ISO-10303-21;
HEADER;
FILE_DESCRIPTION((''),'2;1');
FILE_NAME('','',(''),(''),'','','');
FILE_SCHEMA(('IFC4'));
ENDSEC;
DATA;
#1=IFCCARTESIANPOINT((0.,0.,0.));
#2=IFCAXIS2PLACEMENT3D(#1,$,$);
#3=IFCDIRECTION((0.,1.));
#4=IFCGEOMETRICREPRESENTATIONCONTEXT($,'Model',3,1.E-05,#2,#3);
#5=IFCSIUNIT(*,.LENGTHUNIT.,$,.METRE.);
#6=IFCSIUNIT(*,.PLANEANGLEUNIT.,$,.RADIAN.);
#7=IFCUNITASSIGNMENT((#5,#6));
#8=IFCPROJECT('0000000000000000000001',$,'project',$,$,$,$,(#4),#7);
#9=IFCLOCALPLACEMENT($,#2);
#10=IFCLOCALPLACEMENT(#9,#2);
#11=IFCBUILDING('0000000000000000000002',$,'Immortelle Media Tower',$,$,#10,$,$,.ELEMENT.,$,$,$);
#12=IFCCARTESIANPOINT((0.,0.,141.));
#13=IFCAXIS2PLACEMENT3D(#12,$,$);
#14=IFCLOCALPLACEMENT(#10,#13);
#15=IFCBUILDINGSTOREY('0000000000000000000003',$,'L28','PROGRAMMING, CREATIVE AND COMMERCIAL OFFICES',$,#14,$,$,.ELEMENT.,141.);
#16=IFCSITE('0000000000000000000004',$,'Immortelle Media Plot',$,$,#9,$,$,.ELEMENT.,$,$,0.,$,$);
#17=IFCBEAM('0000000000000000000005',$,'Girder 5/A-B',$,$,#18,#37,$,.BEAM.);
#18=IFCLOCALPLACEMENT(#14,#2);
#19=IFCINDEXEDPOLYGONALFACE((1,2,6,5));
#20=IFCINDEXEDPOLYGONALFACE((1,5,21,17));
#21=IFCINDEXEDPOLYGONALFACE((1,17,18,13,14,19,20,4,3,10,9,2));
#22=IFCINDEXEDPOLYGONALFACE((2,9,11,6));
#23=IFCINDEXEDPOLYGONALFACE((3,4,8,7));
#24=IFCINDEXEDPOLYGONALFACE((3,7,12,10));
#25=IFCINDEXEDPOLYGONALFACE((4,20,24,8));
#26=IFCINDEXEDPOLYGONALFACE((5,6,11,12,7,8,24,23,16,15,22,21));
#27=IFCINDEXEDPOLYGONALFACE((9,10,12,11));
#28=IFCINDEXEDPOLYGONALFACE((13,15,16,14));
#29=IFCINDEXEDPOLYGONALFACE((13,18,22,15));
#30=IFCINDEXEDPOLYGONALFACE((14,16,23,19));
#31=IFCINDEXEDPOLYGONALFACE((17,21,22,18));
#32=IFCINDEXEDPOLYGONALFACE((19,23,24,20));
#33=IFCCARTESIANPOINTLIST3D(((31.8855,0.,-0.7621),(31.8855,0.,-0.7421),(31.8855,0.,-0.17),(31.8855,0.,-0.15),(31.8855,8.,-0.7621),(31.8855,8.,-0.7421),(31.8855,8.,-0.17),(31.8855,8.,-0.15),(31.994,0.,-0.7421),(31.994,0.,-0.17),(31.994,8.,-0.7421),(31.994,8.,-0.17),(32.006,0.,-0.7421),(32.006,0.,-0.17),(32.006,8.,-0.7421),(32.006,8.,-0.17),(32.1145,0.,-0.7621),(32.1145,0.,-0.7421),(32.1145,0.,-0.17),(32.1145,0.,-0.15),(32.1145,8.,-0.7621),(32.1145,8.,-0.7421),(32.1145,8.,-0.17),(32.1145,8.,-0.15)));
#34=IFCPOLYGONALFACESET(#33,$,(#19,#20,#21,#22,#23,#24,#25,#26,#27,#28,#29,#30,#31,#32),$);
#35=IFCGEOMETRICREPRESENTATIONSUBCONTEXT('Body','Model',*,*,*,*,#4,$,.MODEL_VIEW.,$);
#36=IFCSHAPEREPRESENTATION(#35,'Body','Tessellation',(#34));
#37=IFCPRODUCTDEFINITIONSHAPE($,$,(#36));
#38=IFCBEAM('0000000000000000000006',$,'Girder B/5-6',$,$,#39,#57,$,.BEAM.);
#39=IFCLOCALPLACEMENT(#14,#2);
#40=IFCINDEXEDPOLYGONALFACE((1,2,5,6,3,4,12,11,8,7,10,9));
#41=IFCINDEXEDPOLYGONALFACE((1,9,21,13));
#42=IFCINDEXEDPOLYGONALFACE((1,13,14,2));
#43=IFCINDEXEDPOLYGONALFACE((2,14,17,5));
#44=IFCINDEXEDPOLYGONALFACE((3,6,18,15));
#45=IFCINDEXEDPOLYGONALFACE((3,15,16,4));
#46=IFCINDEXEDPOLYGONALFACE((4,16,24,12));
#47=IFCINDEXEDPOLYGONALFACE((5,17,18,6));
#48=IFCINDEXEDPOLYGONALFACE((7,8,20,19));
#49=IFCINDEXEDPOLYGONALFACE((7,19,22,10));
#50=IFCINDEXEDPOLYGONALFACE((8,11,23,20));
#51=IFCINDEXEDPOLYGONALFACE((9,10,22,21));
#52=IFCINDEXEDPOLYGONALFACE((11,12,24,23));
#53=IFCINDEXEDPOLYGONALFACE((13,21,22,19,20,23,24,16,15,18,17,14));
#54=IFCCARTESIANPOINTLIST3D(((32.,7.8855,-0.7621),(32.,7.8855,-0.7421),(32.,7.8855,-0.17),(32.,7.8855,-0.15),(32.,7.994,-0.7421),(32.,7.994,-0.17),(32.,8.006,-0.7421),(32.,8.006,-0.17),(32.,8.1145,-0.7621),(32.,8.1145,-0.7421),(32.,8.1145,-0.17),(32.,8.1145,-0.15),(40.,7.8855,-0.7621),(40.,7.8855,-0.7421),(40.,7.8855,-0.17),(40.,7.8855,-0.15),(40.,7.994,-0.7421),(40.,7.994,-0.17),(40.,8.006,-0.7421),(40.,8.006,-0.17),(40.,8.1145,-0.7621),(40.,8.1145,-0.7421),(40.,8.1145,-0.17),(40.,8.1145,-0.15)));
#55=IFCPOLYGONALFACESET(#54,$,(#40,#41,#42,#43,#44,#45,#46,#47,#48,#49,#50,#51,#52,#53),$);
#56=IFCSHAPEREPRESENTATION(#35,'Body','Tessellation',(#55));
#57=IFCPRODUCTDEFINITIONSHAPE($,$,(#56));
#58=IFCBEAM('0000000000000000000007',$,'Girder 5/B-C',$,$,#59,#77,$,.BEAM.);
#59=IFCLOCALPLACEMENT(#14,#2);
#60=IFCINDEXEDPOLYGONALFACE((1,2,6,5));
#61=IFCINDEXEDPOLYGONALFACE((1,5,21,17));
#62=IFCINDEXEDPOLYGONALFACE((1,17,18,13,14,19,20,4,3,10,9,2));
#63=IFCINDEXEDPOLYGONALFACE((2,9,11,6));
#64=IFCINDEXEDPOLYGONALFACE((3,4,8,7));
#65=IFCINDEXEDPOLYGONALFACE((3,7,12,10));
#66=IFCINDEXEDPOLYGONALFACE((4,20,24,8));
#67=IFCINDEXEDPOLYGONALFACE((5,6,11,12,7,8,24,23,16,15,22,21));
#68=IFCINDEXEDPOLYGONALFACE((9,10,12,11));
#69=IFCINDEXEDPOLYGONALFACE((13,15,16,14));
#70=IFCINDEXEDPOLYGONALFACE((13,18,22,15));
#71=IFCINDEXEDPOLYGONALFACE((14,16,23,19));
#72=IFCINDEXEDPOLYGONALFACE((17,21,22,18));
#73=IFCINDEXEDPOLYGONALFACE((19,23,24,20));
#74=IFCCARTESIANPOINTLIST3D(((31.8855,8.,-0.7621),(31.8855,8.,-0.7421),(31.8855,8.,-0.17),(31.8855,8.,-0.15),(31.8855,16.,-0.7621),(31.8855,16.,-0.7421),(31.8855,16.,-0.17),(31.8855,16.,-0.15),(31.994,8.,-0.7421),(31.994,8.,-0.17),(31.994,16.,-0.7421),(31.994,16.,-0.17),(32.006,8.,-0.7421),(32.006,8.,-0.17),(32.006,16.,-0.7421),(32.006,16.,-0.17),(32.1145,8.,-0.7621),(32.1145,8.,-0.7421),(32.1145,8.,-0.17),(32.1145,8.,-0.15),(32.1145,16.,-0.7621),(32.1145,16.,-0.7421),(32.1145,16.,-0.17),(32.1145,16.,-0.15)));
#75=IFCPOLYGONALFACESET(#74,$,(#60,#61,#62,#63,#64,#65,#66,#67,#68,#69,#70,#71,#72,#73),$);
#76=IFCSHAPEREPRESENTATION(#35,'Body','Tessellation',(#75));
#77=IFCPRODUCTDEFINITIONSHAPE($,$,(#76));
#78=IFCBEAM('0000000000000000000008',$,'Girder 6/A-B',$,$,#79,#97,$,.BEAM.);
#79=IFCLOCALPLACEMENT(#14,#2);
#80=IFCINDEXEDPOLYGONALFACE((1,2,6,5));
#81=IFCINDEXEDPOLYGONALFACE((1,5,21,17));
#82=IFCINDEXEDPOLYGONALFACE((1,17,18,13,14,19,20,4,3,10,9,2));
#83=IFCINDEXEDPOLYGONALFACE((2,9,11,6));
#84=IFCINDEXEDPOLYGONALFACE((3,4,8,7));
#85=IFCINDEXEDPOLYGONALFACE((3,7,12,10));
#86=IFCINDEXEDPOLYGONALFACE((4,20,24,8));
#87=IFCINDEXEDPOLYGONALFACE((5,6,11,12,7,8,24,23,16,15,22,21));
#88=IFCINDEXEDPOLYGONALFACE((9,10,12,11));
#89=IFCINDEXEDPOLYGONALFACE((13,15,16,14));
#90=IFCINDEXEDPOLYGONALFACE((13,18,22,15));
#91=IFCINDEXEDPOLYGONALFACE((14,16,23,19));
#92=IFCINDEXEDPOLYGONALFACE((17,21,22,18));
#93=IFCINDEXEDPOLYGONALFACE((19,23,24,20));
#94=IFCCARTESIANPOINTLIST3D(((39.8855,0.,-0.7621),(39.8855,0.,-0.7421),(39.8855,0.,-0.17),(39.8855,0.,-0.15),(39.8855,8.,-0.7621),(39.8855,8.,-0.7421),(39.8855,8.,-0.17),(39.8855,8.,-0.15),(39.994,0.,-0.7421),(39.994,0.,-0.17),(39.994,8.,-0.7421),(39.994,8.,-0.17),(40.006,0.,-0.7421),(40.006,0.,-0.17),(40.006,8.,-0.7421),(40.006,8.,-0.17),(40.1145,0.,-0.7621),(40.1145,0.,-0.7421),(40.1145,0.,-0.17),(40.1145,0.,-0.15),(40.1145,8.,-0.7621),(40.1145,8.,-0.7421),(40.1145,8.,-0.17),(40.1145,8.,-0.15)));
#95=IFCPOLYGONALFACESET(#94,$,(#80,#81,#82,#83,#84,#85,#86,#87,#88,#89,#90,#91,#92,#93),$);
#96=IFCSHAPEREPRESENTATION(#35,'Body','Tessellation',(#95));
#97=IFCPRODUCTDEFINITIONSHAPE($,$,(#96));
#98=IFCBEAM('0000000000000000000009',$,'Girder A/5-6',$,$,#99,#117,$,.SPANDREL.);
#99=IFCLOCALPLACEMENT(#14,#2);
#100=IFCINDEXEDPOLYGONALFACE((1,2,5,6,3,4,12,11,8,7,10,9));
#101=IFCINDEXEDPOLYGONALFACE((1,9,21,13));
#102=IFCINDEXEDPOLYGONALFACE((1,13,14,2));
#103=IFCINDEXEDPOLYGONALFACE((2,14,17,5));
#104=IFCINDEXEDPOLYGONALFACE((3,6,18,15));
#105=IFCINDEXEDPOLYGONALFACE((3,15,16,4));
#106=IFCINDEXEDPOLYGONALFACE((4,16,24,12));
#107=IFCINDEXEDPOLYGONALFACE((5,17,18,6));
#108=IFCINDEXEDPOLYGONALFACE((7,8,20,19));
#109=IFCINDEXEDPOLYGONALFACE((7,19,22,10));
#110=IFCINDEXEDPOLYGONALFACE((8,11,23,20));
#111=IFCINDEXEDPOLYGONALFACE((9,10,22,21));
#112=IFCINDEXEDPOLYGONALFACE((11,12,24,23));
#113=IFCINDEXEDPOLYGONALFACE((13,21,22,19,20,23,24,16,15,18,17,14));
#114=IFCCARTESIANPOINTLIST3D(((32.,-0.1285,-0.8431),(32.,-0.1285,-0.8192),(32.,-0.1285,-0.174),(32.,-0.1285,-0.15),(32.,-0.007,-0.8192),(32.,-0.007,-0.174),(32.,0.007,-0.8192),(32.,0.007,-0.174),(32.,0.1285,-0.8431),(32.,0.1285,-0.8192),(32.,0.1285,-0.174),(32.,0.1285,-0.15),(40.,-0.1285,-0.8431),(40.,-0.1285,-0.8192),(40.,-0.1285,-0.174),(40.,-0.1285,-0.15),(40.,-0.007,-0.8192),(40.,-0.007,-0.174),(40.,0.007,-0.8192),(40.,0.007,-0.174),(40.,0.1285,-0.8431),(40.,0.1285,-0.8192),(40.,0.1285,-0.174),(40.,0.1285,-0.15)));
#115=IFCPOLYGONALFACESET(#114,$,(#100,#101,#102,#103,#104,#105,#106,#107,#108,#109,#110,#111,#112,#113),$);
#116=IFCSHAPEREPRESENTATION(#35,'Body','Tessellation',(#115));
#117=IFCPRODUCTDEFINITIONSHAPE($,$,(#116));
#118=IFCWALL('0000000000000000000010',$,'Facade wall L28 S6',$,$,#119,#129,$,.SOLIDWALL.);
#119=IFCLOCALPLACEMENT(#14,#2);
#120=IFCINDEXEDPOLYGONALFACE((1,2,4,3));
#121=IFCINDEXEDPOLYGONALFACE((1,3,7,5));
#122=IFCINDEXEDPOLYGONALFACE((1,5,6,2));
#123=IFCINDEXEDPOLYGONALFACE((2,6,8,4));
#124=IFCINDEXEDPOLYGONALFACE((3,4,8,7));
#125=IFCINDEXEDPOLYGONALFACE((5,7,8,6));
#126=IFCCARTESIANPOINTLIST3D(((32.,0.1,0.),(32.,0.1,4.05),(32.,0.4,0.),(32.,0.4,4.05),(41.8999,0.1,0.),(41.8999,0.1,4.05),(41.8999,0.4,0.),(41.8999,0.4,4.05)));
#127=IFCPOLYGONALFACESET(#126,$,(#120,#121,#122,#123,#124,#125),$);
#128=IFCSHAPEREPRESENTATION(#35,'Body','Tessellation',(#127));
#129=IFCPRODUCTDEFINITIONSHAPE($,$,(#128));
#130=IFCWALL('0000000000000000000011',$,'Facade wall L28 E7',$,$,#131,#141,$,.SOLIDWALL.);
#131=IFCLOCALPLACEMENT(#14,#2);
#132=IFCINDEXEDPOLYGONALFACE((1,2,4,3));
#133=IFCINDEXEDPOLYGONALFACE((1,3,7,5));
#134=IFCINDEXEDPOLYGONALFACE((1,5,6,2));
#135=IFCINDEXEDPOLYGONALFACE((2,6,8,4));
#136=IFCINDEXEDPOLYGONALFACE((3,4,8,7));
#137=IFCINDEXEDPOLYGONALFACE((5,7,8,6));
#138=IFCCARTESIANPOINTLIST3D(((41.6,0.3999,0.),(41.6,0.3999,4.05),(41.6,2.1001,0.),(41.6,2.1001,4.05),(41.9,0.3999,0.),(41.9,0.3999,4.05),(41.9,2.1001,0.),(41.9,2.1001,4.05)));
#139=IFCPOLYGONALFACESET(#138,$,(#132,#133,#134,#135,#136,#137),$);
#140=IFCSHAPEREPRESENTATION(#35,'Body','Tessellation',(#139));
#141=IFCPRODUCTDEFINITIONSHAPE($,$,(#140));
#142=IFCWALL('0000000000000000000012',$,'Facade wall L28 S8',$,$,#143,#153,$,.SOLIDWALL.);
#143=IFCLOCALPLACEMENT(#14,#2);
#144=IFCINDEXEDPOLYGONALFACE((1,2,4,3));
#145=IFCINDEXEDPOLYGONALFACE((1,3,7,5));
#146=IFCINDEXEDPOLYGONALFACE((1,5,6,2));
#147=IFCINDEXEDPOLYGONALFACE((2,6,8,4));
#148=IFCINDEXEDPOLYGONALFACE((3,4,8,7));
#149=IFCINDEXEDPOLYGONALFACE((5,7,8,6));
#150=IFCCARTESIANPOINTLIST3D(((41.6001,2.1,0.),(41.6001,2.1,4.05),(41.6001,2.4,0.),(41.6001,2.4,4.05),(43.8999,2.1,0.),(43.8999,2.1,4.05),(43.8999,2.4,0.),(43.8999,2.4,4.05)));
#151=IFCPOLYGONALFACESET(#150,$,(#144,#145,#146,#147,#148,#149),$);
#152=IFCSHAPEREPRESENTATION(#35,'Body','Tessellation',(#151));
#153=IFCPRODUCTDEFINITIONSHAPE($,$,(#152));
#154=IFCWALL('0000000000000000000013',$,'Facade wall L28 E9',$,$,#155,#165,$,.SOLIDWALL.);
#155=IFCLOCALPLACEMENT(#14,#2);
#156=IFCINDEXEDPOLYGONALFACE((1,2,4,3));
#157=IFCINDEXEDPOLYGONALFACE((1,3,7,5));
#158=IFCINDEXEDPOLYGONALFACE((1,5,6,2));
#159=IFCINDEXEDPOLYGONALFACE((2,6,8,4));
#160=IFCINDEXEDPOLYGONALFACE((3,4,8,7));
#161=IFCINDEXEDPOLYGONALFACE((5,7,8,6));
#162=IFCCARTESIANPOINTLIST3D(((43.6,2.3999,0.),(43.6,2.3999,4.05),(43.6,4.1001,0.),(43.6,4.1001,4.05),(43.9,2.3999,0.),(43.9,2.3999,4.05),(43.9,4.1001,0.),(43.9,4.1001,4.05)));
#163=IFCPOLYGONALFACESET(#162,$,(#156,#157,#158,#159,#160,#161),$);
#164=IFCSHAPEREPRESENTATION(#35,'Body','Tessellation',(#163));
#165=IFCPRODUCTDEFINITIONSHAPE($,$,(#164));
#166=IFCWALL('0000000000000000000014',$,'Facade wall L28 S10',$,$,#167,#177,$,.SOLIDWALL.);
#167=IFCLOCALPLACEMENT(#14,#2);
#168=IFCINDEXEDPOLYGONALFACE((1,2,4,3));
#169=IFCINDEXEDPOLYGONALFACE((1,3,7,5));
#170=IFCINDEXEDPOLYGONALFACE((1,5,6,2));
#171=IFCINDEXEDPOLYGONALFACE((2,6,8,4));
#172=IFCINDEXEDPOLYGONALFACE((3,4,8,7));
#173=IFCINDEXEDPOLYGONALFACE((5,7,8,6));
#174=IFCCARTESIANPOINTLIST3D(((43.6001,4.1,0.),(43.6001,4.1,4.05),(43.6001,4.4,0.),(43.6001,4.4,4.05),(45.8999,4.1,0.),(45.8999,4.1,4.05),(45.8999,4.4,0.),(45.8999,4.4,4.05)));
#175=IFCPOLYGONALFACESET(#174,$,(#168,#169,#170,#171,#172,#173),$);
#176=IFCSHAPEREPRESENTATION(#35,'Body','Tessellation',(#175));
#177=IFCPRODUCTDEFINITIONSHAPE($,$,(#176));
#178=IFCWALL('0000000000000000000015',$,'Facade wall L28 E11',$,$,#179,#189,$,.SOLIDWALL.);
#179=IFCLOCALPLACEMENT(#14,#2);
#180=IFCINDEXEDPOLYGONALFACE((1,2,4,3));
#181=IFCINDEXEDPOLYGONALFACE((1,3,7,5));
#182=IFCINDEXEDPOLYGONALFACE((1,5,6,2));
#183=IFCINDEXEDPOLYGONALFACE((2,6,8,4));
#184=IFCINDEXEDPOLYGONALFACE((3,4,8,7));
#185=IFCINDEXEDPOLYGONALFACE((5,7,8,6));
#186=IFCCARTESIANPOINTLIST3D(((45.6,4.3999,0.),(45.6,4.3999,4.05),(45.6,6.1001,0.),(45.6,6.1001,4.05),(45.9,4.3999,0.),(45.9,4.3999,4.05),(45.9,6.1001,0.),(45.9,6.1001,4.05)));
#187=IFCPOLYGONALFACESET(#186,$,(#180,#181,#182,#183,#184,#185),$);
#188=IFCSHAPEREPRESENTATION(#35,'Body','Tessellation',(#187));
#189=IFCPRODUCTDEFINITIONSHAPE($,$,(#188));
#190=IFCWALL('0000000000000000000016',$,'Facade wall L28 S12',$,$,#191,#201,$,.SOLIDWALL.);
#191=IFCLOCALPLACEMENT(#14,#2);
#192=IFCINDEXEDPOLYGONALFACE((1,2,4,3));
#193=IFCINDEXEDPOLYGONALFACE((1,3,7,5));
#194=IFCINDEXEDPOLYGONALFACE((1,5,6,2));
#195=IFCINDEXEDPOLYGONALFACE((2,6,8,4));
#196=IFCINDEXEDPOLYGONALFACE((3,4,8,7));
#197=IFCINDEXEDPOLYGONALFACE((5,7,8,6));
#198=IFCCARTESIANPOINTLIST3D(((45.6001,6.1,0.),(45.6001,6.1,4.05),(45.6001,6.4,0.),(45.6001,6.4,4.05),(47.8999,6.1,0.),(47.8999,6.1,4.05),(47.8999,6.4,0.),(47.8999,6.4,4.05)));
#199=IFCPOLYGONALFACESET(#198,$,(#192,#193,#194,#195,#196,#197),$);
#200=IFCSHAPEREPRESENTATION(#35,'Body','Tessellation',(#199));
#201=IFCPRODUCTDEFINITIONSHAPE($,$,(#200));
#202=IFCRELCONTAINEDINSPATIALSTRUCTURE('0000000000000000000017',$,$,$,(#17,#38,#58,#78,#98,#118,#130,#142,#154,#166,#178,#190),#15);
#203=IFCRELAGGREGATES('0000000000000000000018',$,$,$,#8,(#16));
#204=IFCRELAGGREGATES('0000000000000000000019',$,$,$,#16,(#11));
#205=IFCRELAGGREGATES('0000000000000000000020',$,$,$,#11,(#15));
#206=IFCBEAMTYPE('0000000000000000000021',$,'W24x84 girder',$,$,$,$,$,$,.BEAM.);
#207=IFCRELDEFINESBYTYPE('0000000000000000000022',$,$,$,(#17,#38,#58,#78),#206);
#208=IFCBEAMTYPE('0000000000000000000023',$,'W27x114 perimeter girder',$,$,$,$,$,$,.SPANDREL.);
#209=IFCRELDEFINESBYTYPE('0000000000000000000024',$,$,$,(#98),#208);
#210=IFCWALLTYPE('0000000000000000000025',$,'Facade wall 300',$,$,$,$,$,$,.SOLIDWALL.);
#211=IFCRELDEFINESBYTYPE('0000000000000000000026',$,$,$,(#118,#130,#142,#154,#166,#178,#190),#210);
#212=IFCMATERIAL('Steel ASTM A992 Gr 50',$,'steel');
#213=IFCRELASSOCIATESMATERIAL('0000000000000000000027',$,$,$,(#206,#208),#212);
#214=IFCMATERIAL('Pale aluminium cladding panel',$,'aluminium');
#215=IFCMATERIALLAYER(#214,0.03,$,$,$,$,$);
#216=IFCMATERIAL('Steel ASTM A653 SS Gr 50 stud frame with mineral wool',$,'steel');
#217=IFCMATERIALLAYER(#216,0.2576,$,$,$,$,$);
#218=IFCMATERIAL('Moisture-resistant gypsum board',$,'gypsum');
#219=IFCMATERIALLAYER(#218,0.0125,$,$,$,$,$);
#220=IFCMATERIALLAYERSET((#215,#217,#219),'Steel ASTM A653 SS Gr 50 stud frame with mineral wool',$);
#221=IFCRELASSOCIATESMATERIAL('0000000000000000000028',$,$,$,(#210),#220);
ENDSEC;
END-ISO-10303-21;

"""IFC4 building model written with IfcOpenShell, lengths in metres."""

from ifc_helpers import new_model, si_unit, direction, frame, frame_2d, origin, origin_2d, place, context, subcontext, project, spatial, rectangle, i_section, extrude, material, layer, layer_set, material_profile, profile_set, type_object, element, save


model = new_model("IFC4")

# Units and contexts
model_context = context("Model", 3, precision=1e-05, world=origin(), true_north=direction((0.0, 1.0)))
body_context = subcontext(model_context, "Body", "Model", "MODEL_VIEW")
ifc_project = project(units=[si_unit("LENGTHUNIT", "METRE"), si_unit("PLANEANGLEUNIT", "RADIAN")], contexts=[model_context])

# Site, building, storey
site_placement = place(None, origin())
site = spatial("IfcSite", under=ifc_project, at=site_placement, Name="Immortelle Media Plot", CompositionType="ELEMENT", RefElevation=0.0)
building_placement = place(site_placement, origin())
building = spatial("IfcBuilding", under=site, at=building_placement, Name="Immortelle Media Tower", CompositionType="ELEMENT")
storey_placement = place(building_placement, frame((0.0, 0.0, 141.0)))
storey = spatial("IfcBuildingStorey", under=building, at=storey_placement, Name="L28", Description="PROGRAMMING, CREATIVE AND COMMERCIAL OFFICES", CompositionType="ELEMENT", Elevation=141.0)

# Shared definitions
ifc_material_1 = material(Name="Steel ASTM A992 Gr 50", Category="steel")

# Beams
ifc_material_profile_1 = material_profile(ifc_material_1, i_section(OverallWidth=0.229, OverallDepth=0.6121, WebThickness=0.012, FlangeThickness=0.02, at=origin_2d()), Name="W24x84")
ifc_profile_set_1 = profile_set([ifc_material_profile_1], Name="Steel ASTM A992 Gr 50")
beam_type_1 = type_object("IfcBeamType", Name="W24x84 girder", PredefinedType="BEAM", material=ifc_profile_set_1)
for number, where, z_axis, x_axis, name in (
    (1, (32.0, 0.0, -0.4561), (0.0, 1.0, 0.0), (-1.0, 0.0, 0.0), "Girder 5/A-B"),
    (2, (32.0, 8.0, -0.4561), (1.0, 0.0, 0.0), (0.0, 1.0, 0.0), "Girder B/5-6"),
    (3, (32.0, 8.0, -0.4561), (0.0, 1.0, 0.0), (-1.0, 0.0, 0.0), "Girder 5/B-C"),
    (4, (40.0, 0.0, -0.4561), (0.0, 1.0, 0.0), (-1.0, 0.0, 0.0), "Girder 6/A-B"),
):
    element("IfcBeam", number, at=place(storey_placement, frame(where, z_axis=z_axis, x_axis=x_axis)), inside=storey, type_object=beam_type_1, Name=name, PredefinedType="BEAM", context=body_context, shape_type="SweptSolid", body=[
        extrude(i_section(OverallWidth=0.229, OverallDepth=0.6121, WebThickness=0.012, FlangeThickness=0.02, at=origin_2d()), origin(), (0.0, 0.0, 1.0), 8.0),
    ])
ifc_material_profile_2 = material_profile(ifc_material_1, i_section(OverallWidth=0.2571, OverallDepth=0.6931, WebThickness=0.0139, FlangeThickness=0.0239, at=origin_2d()), Name="W27x114")
ifc_profile_set_2 = profile_set([ifc_material_profile_2], Name="Steel ASTM A992 Gr 50")
beam_type_2 = type_object("IfcBeamType", Name="W27x114 perimeter girder", PredefinedType="SPANDREL", material=ifc_profile_set_2)
beam_1_placement = place(storey_placement, frame((32.0, 0.0, -0.4966), z_axis=(1.0, 0.0, 0.0), x_axis=(0.0, 1.0, 0.0)))
element("IfcBeam", 5, at=beam_1_placement, inside=storey, type_object=beam_type_2, Name="Girder A/5-6", PredefinedType="SPANDREL", context=body_context, shape_type="SweptSolid", body=[
    extrude(i_section(OverallWidth=0.2571, OverallDepth=0.6931, WebThickness=0.0139, FlangeThickness=0.0239, at=origin_2d()), origin(), (0.0, 0.0, 1.0), 8.0),
])

# Walls
ifc_material_2 = material(Name="Pale aluminium cladding panel", Category="aluminium")
ifc_layer_1 = layer(ifc_material_2, 0.03)
ifc_material_3 = material(Name="Steel ASTM A653 SS Gr 50 stud frame with mineral wool", Category="steel")
ifc_layer_2 = layer(ifc_material_3, 0.2576)
ifc_material_4 = material(Name="Moisture-resistant gypsum board", Category="gypsum")
ifc_layer_3 = layer(ifc_material_4, 0.0125)
ifc_layer_set = layer_set([ifc_layer_1, ifc_layer_2, ifc_layer_3], Name="Steel ASTM A653 SS Gr 50 stud frame with mineral wool")
wall_type = type_object("IfcWallType", Name="Facade wall 300", PredefinedType="SOLIDWALL", material=ifc_layer_set)
wall_1_placement = place(storey_placement, frame((32.0, 0.25, 0.0), z_axis=(0.0, 0.0, 1.0), x_axis=(1.0, 0.0, 0.0)))
element("IfcWall", 6, at=wall_1_placement, inside=storey, type_object=wall_type, Name="Facade wall L28 S6", PredefinedType="SOLIDWALL", context=body_context, shape_type="SweptSolid", body=[
    extrude(rectangle(XDim=9.8999, YDim=0.3, at=frame_2d((4.95, 0.0))), origin(), (0.0, 0.0, 1.0), 4.05),
])
wall_2_placement = place(storey_placement, frame((41.75, 0.3999, 0.0), z_axis=(0.0, 0.0, 1.0), x_axis=(0.0, 1.0, 0.0)))
element("IfcWall", 7, at=wall_2_placement, inside=storey, type_object=wall_type, Name="Facade wall L28 E7", PredefinedType="SOLIDWALL", context=body_context, shape_type="SweptSolid", body=[
    extrude(rectangle(XDim=1.7002, YDim=0.3, at=frame_2d((0.8501, 0.0))), origin(), (0.0, 0.0, 1.0), 4.05),
])
wall_3_placement = place(storey_placement, frame((41.6001, 2.25, 0.0), z_axis=(0.0, 0.0, 1.0), x_axis=(1.0, 0.0, 0.0)))
element("IfcWall", 8, at=wall_3_placement, inside=storey, type_object=wall_type, Name="Facade wall L28 S8", PredefinedType="SOLIDWALL", context=body_context, shape_type="SweptSolid", body=[
    extrude(rectangle(XDim=2.2998, YDim=0.3, at=frame_2d((1.1499, 0.0))), origin(), (0.0, 0.0, 1.0), 4.05),
])
wall_4_placement = place(storey_placement, frame((43.75, 2.3999, 0.0), z_axis=(0.0, 0.0, 1.0), x_axis=(0.0, 1.0, 0.0)))
element("IfcWall", 9, at=wall_4_placement, inside=storey, type_object=wall_type, Name="Facade wall L28 E9", PredefinedType="SOLIDWALL", context=body_context, shape_type="SweptSolid", body=[
    extrude(rectangle(XDim=1.7002, YDim=0.3, at=frame_2d((0.8501, 0.0))), origin(), (0.0, 0.0, 1.0), 4.05),
])
wall_5_placement = place(storey_placement, frame((43.6001, 4.25, 0.0), z_axis=(0.0, 0.0, 1.0), x_axis=(1.0, 0.0, 0.0)))
element("IfcWall", 10, at=wall_5_placement, inside=storey, type_object=wall_type, Name="Facade wall L28 S10", PredefinedType="SOLIDWALL", context=body_context, shape_type="SweptSolid", body=[
    extrude(rectangle(XDim=2.2998, YDim=0.3, at=frame_2d((1.1499, 0.0))), origin(), (0.0, 0.0, 1.0), 4.05),
])
wall_6_placement = place(storey_placement, frame((45.75, 4.3999, 0.0), z_axis=(0.0, 0.0, 1.0), x_axis=(0.0, 1.0, 0.0)))
element("IfcWall", 11, at=wall_6_placement, inside=storey, type_object=wall_type, Name="Facade wall L28 E11", PredefinedType="SOLIDWALL", context=body_context, shape_type="SweptSolid", body=[
    extrude(rectangle(XDim=1.7002, YDim=0.3, at=frame_2d((0.8501, 0.0))), origin(), (0.0, 0.0, 1.0), 4.05),
])
wall_7_placement = place(storey_placement, frame((45.6001, 6.25, 0.0), z_axis=(0.0, 0.0, 1.0), x_axis=(1.0, 0.0, 0.0)))
element("IfcWall", 12, at=wall_7_placement, inside=storey, type_object=wall_type, Name="Facade wall L28 S12", PredefinedType="SOLIDWALL", context=body_context, shape_type="SweptSolid", body=[
    extrude(rectangle(XDim=2.2998, YDim=0.3, at=frame_2d((1.1499, 0.0))), origin(), (0.0, 0.0, 1.0), 4.05),
])

save(model, "model.ifc")
